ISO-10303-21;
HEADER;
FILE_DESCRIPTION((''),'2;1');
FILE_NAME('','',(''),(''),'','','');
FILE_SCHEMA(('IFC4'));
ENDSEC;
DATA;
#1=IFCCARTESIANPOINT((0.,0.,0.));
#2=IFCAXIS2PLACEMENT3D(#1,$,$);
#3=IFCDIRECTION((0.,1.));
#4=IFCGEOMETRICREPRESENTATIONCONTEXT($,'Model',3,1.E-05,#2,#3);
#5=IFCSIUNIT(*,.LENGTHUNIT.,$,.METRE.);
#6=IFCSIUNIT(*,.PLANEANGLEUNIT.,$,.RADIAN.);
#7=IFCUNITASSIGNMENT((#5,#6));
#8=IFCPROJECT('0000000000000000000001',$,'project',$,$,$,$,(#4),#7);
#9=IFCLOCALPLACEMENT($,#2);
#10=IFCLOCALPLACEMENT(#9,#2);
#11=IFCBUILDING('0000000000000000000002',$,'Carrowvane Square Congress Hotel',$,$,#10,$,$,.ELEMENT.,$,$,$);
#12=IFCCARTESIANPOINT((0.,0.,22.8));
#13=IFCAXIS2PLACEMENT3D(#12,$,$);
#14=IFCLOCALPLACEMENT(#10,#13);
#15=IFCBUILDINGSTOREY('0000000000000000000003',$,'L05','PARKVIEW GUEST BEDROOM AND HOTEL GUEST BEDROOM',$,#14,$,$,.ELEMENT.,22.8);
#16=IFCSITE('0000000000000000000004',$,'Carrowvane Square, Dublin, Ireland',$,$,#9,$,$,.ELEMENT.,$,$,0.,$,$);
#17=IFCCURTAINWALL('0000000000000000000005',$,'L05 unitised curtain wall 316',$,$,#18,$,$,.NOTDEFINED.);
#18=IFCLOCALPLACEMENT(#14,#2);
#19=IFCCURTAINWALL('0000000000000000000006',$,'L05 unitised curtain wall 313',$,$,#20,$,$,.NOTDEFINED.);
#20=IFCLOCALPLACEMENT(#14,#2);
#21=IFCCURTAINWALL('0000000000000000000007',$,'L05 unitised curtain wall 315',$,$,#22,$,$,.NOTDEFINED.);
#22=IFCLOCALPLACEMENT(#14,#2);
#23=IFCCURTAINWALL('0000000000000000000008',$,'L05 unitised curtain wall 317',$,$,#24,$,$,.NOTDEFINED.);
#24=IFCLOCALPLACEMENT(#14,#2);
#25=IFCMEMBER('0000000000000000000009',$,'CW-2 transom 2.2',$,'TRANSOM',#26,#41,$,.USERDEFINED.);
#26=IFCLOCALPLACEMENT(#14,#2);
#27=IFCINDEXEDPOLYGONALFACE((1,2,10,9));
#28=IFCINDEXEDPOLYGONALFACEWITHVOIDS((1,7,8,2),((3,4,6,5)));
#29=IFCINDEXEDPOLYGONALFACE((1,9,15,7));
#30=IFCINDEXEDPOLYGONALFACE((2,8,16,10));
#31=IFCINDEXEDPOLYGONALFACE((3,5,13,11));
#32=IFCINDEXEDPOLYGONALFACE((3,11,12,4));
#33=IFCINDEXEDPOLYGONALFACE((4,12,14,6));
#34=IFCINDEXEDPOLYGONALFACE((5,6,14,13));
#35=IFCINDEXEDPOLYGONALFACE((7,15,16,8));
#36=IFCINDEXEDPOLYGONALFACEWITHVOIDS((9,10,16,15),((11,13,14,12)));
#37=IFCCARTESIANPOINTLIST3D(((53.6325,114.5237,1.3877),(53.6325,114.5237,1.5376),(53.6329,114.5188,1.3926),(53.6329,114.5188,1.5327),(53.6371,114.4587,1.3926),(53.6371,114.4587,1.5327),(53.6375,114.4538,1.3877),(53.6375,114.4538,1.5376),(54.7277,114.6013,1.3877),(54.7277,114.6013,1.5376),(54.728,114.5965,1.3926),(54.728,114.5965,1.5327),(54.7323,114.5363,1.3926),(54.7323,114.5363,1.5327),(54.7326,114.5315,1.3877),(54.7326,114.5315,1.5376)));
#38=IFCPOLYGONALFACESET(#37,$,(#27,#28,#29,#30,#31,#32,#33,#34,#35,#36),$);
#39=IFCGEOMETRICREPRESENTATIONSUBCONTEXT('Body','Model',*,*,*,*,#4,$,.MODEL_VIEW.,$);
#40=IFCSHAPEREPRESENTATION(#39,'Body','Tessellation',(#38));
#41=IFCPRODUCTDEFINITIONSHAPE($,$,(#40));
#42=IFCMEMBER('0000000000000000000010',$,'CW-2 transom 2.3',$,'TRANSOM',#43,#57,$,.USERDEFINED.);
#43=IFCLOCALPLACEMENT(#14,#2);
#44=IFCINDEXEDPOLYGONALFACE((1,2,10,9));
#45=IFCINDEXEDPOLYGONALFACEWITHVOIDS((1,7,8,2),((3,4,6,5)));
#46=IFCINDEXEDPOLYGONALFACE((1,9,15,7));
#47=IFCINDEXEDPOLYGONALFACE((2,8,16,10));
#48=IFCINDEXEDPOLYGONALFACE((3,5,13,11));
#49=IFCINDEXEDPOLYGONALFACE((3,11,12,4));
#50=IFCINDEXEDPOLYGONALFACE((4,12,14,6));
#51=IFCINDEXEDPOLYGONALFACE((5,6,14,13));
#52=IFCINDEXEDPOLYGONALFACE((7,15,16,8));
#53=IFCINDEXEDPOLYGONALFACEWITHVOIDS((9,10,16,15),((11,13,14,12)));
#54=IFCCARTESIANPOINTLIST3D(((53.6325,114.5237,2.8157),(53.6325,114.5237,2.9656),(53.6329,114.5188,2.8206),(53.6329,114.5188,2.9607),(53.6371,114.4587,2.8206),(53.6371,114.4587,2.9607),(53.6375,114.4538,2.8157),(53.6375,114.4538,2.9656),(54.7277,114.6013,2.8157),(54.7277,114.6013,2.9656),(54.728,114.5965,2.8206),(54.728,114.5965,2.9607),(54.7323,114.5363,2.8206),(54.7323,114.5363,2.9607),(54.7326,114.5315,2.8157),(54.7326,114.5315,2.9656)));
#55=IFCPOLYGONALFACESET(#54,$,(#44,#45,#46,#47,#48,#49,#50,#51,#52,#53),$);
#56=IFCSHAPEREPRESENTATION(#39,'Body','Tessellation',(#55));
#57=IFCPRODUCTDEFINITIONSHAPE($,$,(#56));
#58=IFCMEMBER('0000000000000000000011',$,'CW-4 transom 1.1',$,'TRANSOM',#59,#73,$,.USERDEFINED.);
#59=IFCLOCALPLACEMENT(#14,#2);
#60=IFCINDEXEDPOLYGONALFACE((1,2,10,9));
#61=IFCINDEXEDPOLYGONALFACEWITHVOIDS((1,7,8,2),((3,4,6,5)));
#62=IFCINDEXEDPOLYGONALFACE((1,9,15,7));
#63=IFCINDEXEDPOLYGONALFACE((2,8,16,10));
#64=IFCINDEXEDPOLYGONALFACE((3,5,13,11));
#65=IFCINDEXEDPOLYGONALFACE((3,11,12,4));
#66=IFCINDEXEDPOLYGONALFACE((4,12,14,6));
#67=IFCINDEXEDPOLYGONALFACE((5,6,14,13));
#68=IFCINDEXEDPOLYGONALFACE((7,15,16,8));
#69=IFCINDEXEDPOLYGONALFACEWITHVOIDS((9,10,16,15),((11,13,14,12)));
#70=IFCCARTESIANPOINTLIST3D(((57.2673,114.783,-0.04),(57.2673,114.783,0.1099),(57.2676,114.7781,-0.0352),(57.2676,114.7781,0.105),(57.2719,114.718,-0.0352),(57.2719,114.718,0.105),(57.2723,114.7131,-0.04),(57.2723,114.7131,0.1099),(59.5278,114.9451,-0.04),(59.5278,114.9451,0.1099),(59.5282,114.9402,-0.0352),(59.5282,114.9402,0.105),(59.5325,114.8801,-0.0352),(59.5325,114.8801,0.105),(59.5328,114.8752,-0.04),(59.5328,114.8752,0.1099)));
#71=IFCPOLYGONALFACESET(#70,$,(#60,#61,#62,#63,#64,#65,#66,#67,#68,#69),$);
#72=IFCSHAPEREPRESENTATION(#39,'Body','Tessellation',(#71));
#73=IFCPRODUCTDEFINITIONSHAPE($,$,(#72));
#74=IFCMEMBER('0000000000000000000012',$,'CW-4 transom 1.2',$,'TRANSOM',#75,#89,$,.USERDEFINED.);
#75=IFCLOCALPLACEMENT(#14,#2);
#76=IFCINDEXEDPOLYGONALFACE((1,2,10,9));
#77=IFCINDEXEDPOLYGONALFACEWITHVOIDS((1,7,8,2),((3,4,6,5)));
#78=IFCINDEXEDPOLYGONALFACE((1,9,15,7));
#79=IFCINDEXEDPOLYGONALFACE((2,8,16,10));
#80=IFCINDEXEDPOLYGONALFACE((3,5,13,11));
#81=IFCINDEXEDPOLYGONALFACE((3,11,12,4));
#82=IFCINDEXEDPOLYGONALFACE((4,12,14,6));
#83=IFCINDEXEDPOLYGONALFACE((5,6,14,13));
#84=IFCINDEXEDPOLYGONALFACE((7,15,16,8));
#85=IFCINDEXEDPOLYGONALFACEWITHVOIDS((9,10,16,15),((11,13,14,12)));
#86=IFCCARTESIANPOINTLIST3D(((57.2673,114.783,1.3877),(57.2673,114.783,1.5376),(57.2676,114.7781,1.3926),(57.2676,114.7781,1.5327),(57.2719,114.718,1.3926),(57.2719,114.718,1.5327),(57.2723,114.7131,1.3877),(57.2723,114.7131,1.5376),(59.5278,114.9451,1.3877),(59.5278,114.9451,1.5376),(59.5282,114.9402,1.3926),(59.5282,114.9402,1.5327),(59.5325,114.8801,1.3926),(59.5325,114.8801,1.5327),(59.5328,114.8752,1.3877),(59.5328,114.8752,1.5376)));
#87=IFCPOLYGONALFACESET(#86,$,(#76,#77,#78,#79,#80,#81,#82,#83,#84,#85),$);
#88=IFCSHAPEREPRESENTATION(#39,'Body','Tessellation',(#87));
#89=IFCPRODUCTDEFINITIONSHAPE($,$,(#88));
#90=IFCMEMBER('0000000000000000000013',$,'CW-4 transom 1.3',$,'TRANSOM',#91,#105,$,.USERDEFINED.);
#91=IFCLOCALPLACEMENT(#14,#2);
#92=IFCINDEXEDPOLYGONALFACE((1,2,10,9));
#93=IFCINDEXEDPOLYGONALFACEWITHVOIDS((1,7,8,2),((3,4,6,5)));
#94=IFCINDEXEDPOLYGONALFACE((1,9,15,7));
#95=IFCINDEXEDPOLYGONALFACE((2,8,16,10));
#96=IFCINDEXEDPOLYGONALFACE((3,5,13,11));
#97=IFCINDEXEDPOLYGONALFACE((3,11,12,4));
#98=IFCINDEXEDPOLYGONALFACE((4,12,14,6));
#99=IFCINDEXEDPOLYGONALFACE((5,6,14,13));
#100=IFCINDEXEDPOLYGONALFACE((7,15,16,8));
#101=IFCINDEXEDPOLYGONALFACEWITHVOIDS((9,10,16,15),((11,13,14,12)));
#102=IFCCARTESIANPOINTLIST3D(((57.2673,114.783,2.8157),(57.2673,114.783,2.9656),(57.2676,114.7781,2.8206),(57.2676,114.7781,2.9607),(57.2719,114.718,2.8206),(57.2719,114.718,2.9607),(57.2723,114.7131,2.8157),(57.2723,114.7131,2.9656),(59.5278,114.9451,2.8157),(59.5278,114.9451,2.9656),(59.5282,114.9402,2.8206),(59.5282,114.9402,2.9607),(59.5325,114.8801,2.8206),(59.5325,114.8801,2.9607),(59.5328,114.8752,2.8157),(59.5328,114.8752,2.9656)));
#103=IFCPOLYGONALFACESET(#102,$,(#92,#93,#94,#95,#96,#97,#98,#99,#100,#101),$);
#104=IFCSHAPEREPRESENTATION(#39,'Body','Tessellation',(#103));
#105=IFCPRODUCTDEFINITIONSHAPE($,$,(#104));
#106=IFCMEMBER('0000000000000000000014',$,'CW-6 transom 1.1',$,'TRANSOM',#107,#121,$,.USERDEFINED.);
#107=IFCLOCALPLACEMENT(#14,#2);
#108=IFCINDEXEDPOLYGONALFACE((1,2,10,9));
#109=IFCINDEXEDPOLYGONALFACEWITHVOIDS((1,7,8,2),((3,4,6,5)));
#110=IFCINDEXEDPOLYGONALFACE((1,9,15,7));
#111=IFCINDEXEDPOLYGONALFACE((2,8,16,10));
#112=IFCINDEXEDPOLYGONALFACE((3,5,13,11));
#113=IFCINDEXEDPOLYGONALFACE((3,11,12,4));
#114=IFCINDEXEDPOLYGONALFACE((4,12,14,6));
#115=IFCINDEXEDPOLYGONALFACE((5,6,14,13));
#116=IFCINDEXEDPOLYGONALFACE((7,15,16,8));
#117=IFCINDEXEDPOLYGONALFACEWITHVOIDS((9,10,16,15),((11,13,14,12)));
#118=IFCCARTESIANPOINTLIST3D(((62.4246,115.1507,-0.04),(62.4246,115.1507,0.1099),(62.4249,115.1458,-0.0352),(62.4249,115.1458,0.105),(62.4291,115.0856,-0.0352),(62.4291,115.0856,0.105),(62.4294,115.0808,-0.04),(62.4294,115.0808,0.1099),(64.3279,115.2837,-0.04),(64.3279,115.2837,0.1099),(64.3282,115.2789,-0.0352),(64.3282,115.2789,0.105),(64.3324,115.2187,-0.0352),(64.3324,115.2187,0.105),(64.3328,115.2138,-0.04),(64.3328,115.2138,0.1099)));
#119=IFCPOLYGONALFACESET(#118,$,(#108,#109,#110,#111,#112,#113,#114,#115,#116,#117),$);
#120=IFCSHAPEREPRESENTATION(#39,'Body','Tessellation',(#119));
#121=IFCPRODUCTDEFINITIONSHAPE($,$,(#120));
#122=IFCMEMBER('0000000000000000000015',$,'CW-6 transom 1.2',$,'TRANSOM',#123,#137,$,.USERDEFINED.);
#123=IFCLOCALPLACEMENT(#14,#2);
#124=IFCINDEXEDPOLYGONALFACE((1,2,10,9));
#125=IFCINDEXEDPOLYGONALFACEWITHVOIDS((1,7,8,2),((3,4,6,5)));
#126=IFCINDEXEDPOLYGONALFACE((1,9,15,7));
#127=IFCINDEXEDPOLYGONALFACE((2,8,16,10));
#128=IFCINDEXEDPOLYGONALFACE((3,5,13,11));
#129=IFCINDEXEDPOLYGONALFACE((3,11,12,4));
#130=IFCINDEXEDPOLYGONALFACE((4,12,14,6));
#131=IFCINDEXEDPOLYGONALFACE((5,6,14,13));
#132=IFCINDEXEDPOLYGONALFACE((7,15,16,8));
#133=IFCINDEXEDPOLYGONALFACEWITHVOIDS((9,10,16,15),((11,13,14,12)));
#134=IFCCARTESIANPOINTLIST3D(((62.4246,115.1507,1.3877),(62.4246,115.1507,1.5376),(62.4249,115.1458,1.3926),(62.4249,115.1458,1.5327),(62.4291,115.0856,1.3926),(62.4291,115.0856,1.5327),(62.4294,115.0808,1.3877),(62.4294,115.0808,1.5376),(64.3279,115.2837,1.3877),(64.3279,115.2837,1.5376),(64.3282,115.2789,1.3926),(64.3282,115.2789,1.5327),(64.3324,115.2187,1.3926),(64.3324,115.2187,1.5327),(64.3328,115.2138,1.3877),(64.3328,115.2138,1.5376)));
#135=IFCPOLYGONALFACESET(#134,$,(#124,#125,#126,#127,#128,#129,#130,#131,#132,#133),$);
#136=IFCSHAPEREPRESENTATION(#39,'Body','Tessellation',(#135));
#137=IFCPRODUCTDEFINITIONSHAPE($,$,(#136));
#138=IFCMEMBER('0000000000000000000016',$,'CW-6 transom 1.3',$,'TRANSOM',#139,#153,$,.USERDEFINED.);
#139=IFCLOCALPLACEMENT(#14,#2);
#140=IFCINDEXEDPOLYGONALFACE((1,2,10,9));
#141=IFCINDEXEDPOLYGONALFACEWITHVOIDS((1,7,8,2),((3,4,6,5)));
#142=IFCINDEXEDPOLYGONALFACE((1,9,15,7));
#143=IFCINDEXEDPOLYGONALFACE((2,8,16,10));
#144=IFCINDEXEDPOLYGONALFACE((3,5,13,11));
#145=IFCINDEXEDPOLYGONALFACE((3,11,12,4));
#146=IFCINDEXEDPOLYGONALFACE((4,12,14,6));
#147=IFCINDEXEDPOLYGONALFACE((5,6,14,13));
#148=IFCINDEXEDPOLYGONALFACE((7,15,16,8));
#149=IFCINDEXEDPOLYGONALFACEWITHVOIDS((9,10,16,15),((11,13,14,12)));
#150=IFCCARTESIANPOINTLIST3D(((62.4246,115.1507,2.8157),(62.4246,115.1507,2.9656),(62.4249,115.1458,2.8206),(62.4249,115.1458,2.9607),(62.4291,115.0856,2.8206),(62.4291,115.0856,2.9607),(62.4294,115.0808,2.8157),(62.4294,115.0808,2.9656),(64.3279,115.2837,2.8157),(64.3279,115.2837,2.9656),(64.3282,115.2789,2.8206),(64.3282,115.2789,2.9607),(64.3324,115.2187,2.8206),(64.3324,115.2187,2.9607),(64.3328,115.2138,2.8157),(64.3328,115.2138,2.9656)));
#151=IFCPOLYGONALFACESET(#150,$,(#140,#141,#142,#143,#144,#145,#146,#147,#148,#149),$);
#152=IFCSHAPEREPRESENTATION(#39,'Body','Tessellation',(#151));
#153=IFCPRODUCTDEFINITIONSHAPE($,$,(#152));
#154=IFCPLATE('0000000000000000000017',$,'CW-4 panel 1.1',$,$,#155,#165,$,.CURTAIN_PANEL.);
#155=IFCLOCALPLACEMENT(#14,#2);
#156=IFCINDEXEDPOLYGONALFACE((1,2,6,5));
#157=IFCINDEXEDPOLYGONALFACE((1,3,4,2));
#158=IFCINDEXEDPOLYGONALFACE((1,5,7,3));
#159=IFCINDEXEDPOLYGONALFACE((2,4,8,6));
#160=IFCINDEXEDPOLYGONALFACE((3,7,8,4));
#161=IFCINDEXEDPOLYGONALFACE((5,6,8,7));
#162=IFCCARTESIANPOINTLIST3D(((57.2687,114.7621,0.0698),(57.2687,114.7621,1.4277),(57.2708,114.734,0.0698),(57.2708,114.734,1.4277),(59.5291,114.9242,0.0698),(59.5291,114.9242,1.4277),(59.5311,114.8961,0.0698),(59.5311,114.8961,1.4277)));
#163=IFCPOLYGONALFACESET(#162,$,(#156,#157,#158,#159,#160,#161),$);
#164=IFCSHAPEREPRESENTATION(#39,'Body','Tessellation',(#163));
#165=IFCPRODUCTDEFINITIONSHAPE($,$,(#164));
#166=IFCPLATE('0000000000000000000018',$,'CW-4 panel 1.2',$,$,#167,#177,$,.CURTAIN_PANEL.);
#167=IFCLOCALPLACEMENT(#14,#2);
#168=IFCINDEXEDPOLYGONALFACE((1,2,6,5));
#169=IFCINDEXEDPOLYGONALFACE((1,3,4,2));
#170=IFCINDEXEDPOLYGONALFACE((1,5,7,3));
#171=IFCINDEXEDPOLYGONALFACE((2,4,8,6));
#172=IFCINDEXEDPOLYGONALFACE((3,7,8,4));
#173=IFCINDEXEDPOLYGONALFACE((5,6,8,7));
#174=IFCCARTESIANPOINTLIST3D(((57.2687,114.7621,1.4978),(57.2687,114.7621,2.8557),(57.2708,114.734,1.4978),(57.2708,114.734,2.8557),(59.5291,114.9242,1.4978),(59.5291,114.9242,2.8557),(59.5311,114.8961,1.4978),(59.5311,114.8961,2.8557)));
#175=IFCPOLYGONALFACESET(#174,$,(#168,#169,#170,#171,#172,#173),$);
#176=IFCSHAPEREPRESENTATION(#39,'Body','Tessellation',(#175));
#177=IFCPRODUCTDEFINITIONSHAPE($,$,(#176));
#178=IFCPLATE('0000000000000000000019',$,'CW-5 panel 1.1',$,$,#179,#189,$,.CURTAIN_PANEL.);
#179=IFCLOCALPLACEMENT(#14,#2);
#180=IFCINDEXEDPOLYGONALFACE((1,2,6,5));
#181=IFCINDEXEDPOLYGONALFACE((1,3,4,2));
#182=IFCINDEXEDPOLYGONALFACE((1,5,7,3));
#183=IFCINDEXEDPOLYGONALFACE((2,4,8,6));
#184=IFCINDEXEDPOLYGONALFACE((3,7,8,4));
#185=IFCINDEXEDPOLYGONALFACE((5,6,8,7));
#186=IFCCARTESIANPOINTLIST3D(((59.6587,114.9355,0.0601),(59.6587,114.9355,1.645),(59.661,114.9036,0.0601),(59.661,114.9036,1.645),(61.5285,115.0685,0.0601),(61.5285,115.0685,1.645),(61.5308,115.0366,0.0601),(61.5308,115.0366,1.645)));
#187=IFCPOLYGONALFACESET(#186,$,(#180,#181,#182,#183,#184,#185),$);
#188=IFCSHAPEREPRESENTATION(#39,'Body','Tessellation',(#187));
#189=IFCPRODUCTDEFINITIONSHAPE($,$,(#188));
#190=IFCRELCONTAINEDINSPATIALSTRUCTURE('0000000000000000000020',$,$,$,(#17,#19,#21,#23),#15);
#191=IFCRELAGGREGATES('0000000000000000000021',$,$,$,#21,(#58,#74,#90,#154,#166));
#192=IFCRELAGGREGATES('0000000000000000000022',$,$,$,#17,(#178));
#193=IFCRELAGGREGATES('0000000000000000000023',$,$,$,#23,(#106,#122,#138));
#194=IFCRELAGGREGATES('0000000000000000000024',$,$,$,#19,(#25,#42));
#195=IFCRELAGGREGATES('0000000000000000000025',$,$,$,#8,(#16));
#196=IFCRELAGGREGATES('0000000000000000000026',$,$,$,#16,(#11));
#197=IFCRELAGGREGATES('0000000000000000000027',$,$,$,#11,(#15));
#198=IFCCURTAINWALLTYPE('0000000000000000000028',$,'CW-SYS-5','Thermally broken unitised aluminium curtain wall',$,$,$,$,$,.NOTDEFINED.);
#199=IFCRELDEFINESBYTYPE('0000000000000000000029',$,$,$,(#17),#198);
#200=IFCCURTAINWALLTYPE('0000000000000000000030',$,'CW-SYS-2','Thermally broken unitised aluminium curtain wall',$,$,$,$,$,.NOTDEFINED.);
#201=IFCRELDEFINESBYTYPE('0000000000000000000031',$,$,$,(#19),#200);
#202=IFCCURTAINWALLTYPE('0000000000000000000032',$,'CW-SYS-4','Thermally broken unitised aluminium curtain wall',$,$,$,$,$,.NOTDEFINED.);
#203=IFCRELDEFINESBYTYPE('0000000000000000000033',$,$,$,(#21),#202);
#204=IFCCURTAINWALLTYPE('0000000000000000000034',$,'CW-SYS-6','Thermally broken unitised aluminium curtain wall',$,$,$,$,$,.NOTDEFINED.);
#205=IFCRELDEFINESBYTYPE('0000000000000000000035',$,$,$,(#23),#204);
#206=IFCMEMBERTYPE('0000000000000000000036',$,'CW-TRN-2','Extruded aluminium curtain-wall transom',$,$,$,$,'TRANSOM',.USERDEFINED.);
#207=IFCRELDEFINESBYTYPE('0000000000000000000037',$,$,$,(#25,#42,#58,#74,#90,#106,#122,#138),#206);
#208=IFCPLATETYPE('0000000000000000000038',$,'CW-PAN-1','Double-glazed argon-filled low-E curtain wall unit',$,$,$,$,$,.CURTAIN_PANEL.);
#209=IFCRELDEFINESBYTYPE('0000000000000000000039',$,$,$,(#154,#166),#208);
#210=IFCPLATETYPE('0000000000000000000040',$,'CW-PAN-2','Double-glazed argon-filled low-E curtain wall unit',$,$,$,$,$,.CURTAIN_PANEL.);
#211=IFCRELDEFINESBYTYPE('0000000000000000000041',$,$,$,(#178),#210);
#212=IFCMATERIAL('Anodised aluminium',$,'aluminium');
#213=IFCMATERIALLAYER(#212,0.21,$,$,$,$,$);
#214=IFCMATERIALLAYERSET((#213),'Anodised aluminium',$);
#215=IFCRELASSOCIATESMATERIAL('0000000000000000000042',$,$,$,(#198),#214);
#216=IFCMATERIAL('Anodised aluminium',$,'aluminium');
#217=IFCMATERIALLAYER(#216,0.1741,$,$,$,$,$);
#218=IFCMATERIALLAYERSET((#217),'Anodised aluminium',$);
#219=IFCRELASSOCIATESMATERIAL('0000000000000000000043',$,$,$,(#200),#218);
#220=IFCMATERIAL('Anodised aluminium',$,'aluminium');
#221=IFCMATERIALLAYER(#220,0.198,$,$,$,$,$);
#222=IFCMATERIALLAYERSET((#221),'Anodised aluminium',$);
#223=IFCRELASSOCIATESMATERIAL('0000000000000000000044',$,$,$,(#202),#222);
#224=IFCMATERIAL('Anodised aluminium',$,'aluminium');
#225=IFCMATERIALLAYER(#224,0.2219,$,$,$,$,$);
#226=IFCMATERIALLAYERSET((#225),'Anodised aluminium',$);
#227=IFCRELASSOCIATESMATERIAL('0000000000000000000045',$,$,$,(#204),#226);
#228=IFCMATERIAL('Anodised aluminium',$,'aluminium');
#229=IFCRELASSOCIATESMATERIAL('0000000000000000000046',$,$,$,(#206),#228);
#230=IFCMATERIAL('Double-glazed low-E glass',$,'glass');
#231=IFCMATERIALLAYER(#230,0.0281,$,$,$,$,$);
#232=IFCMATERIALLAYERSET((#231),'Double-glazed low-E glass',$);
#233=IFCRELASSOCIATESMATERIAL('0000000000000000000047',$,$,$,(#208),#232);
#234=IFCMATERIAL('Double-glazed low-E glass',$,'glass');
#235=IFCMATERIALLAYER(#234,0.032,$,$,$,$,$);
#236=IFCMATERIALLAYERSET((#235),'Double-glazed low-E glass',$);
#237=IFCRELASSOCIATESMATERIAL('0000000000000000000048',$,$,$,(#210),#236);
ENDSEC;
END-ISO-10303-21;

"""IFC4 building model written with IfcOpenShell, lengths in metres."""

from ifc_helpers import new_model, si_unit, direction, frame, origin, origin_2d, place, context, subcontext, project, spatial, rectangle, hollow_rectangle, extrude, material, layer, layer_set, material_profile, profile_set, type_object, element, aggregate, save


model = new_model("IFC4")

# Units and contexts
model_context = context("Model", 3, precision=1e-05, world=origin(), true_north=direction((0.0, 1.0)))
body_context = subcontext(model_context, "Body", "Model", "MODEL_VIEW")
ifc_project = project(units=[si_unit("LENGTHUNIT", "METRE"), si_unit("PLANEANGLEUNIT", "RADIAN")], contexts=[model_context])

# Site, building, storey
site_placement = place(None, origin())
site = spatial("IfcSite", under=ifc_project, at=site_placement, Name="Carrowvane Square, Dublin, Ireland", CompositionType="ELEMENT", RefElevation=0.0)
building_placement = place(site_placement, origin())
building = spatial("IfcBuilding", under=site, at=building_placement, Name="Carrowvane Square Congress Hotel", CompositionType="ELEMENT")
storey_placement = place(building_placement, frame((0.0, 0.0, 22.8)))
storey = spatial("IfcBuildingStorey", under=building, at=storey_placement, Name="L05", Description="PARKVIEW GUEST BEDROOM AND HOTEL GUEST BEDROOM", CompositionType="ELEMENT", Elevation=22.8)

# Curtain wall
ifc_material_1 = material(Name="Anodised aluminium", Category="aluminium")
ifc_layer_1 = layer(ifc_material_1, 0.21)
ifc_layer_set_1 = layer_set([ifc_layer_1], Name="Anodised aluminium")
curtain_wall_type_1 = type_object("IfcCurtainWallType", Name="CW-SYS-5", Description="Thermally broken unitised aluminium curtain wall", PredefinedType="NOTDEFINED", material=ifc_layer_set_1)
curtain_wall_1_placement = place(storey_placement, origin())
curtain_wall_1 = element("IfcCurtainWall", 1, at=curtain_wall_1_placement, inside=storey, type_object=curtain_wall_type_1, Name="L05 unitised curtain wall 316", PredefinedType="NOTDEFINED")

# Curtain wall
ifc_material_2 = material(Name="Anodised aluminium", Category="aluminium")
ifc_layer_2 = layer(ifc_material_2, 0.1741)
ifc_layer_set_2 = layer_set([ifc_layer_2], Name="Anodised aluminium")
curtain_wall_type_2 = type_object("IfcCurtainWallType", Name="CW-SYS-2", Description="Thermally broken unitised aluminium curtain wall", PredefinedType="NOTDEFINED", material=ifc_layer_set_2)
curtain_wall_2_placement = place(storey_placement, origin())
curtain_wall_2 = element("IfcCurtainWall", 2, at=curtain_wall_2_placement, inside=storey, type_object=curtain_wall_type_2, Name="L05 unitised curtain wall 313", PredefinedType="NOTDEFINED")

# Curtain walls
ifc_material_3 = material(Name="Anodised aluminium", Category="aluminium")
ifc_layer_3 = layer(ifc_material_3, 0.198)
ifc_layer_set_3 = layer_set([ifc_layer_3], Name="Anodised aluminium")
curtain_wall_type_3 = type_object("IfcCurtainWallType", Name="CW-SYS-4", Description="Thermally broken unitised aluminium curtain wall", PredefinedType="NOTDEFINED", material=ifc_layer_set_3)
curtain_wall_3_placement = place(storey_placement, origin())
curtain_wall_3 = element("IfcCurtainWall", 3, at=curtain_wall_3_placement, inside=storey, type_object=curtain_wall_type_3, Name="L05 unitised curtain wall 315", PredefinedType="NOTDEFINED")
ifc_material_4 = material(Name="Anodised aluminium", Category="aluminium")
ifc_layer_4 = layer(ifc_material_4, 0.2219)
ifc_layer_set_4 = layer_set([ifc_layer_4], Name="Anodised aluminium")
curtain_wall_type_4 = type_object("IfcCurtainWallType", Name="CW-SYS-6", Description="Thermally broken unitised aluminium curtain wall", PredefinedType="NOTDEFINED", material=ifc_layer_set_4)
curtain_wall_4_placement = place(storey_placement, origin())
curtain_wall_4 = element("IfcCurtainWall", 4, at=curtain_wall_4_placement, inside=storey, type_object=curtain_wall_type_4, Name="L05 unitised curtain wall 317", PredefinedType="NOTDEFINED")

# Members
ifc_material_5 = material(Name="Anodised aluminium", Category="aluminium")
ifc_material_profile_1 = material_profile(ifc_material_5, hollow_rectangle(XDim=0.0701, YDim=0.1499, WallThickness=0.0049, at=origin_2d()), Name="CW-TR 70x150x5")
ifc_profile_set_1 = profile_set([ifc_material_profile_1], Name="Anodised aluminium")
member_type_1 = type_object("IfcMemberType", Name="CW-TRN-2", Description="Extruded aluminium curtain-wall transom", ElementType="TRANSOM", PredefinedType="USERDEFINED", material=ifc_profile_set_1)
member_1_placement = place(storey_placement, frame((53.635, 114.4888, 1.4626), z_axis=(0.997497, 0.07071, 0.0), x_axis=(-0.07071, 0.997497, 0.0)))
member_1 = element("IfcMember", 5, at=member_1_placement, type_object=member_type_1, Name="CW-2 transom 2.2", ObjectType="TRANSOM", PredefinedType="USERDEFINED", context=body_context, shape_type="SweptSolid", body=[
    extrude(hollow_rectangle(XDim=0.0701, YDim=0.1499, WallThickness=0.0049, at=origin_2d()), origin(), (0.0, 0.0, 1.0), 1.0979),
])
member_2_placement = place(storey_placement, frame((53.635, 114.4888, 2.8906), z_axis=(0.997497, 0.07071, 0.0), x_axis=(-0.07071, 0.997497, 0.0)))
member_2 = element("IfcMember", 6, at=member_2_placement, type_object=member_type_1, Name="CW-2 transom 2.3", ObjectType="TRANSOM", PredefinedType="USERDEFINED", context=body_context, shape_type="SweptSolid", body=[
    extrude(hollow_rectangle(XDim=0.0701, YDim=0.1499, WallThickness=0.0049, at=origin_2d()), origin(), (0.0, 0.0, 1.0), 1.0979),
])
member_3_placement = place(storey_placement, frame((57.2698, 114.748, 0.0349), z_axis=(0.997438, 0.07153, 0.0), x_axis=(-0.07153, 0.997438, 0.0)))
member_3 = element("IfcMember", 7, at=member_3_placement, type_object=member_type_1, Name="CW-4 transom 1.1", ObjectType="TRANSOM", PredefinedType="USERDEFINED", context=body_context, shape_type="SweptSolid", body=[
    extrude(hollow_rectangle(XDim=0.0701, YDim=0.1499, WallThickness=0.0049, at=origin_2d()), origin(), (0.0, 0.0, 1.0), 2.2664),
])
member_4_placement = place(storey_placement, frame((57.2698, 114.748, 1.4626), z_axis=(0.997438, 0.07153, 0.0), x_axis=(-0.07153, 0.997438, 0.0)))
member_4 = element("IfcMember", 8, at=member_4_placement, type_object=member_type_1, Name="CW-4 transom 1.2", ObjectType="TRANSOM", PredefinedType="USERDEFINED", context=body_context, shape_type="SweptSolid", body=[
    extrude(hollow_rectangle(XDim=0.0701, YDim=0.1499, WallThickness=0.0049, at=origin_2d()), origin(), (0.0, 0.0, 1.0), 2.2664),
])
member_5_placement = place(storey_placement, frame((57.2698, 114.748, 2.8906), z_axis=(0.997438, 0.07153, 0.0), x_axis=(-0.07153, 0.997438, 0.0)))
member_5 = element("IfcMember", 9, at=member_5_placement, type_object=member_type_1, Name="CW-4 transom 1.3", ObjectType="TRANSOM", PredefinedType="USERDEFINED", context=body_context, shape_type="SweptSolid", body=[
    extrude(hollow_rectangle(XDim=0.0701, YDim=0.1499, WallThickness=0.0049, at=origin_2d()), origin(), (0.0, 0.0, 1.0), 2.2664),
])
member_6_placement = place(storey_placement, frame((62.427, 115.1157, 0.0349), z_axis=(0.997565, 0.069737, 0.0), x_axis=(-0.069737, 0.997565, 0.0)))
member_6 = element("IfcMember", 10, at=member_6_placement, type_object=member_type_1, Name="CW-6 transom 1.1", ObjectType="TRANSOM", PredefinedType="USERDEFINED", context=body_context, shape_type="SweptSolid", body=[
    extrude(hollow_rectangle(XDim=0.0701, YDim=0.1499, WallThickness=0.0049, at=origin_2d()), origin(), (0.0, 0.0, 1.0), 1.908),
])
member_7_placement = place(storey_placement, frame((62.427, 115.1157, 1.4626), z_axis=(0.997565, 0.069737, 0.0), x_axis=(-0.069737, 0.997565, 0.0)))
member_7 = element("IfcMember", 11, at=member_7_placement, type_object=member_type_1, Name="CW-6 transom 1.2", ObjectType="TRANSOM", PredefinedType="USERDEFINED", context=body_context, shape_type="SweptSolid", body=[
    extrude(hollow_rectangle(XDim=0.0701, YDim=0.1499, WallThickness=0.0049, at=origin_2d()), origin(), (0.0, 0.0, 1.0), 1.908),
])
member_8_placement = place(storey_placement, frame((62.427, 115.1157, 2.8906), z_axis=(0.997565, 0.069737, 0.0), x_axis=(-0.069737, 0.997565, 0.0)))
member_8 = element("IfcMember", 12, at=member_8_placement, type_object=member_type_1, Name="CW-6 transom 1.3", ObjectType="TRANSOM", PredefinedType="USERDEFINED", context=body_context, shape_type="SweptSolid", body=[
    extrude(hollow_rectangle(XDim=0.0701, YDim=0.1499, WallThickness=0.0049, at=origin_2d()), origin(), (0.0, 0.0, 1.0), 1.908),
])

# Plates
ifc_material_6 = material(Name="Double-glazed low-E glass", Category="glass")
ifc_layer_5 = layer(ifc_material_6, 0.0281)
ifc_layer_set_5 = layer_set([ifc_layer_5], Name="Double-glazed low-E glass")
plate_type_1 = type_object("IfcPlateType", Name="CW-PAN-1", Description="Double-glazed argon-filled low-E curtain wall unit", PredefinedType="CURTAIN_PANEL", material=ifc_layer_set_5)
plate_1_placement = place(storey_placement, frame((58.3999, 114.8291, 0.0698), z_axis=(0.0, 0.0, 1.0), x_axis=(0.997438, 0.071532, 0.0)))
plate_1 = element("IfcPlate", 13, at=plate_1_placement, type_object=plate_type_1, Name="CW-4 panel 1.1", PredefinedType="CURTAIN_PANEL", context=body_context, shape_type="SweptSolid", body=[
    extrude(rectangle(XDim=2.2661, YDim=0.0281, at=origin_2d()), origin(), (0.0, 0.0, 1.0), 1.3579),
])
plate_2_placement = place(storey_placement, frame((58.3999, 114.8291, 1.4978), z_axis=(0.0, 0.0, 1.0), x_axis=(0.997438, 0.071532, 0.0)))
plate_2 = element("IfcPlate", 14, at=plate_2_placement, type_object=plate_type_1, Name="CW-4 panel 1.2", PredefinedType="CURTAIN_PANEL", context=body_context, shape_type="SweptSolid", body=[
    extrude(rectangle(XDim=2.2661, YDim=0.0281, at=origin_2d()), origin(), (0.0, 0.0, 1.0), 1.3579),
])
aggregate(curtain_wall_3, [member_3, member_4, member_5, plate_1, plate_2])
ifc_material_7 = material(Name="Double-glazed low-E glass", Category="glass")
ifc_layer_6 = layer(ifc_material_7, 0.032)
ifc_layer_set_6 = layer_set([ifc_layer_6], Name="Double-glazed low-E glass")
plate_type_2 = type_object("IfcPlateType", Name="CW-PAN-2", Description="Double-glazed argon-filled low-E curtain wall unit", PredefinedType="CURTAIN_PANEL", material=ifc_layer_set_6)
plate_3_placement = place(storey_placement, frame((60.5947, 114.9861, 0.0601), z_axis=(0.0, 0.0, 1.0), x_axis=(0.997479, 0.07096, 0.0)))
plate_3 = element("IfcPlate", 15, at=plate_3_placement, type_object=plate_type_2, Name="CW-5 panel 1.1", PredefinedType="CURTAIN_PANEL", context=body_context, shape_type="SweptSolid", body=[
    extrude(rectangle(XDim=1.8745, YDim=0.032, at=origin_2d()), origin(), (0.0, 0.0, 1.0), 1.585),
])
aggregate(curtain_wall_1, [plate_3])
aggregate(curtain_wall_4, [member_6, member_7, member_8])
aggregate(curtain_wall_2, [member_1, member_2])

save(model, "model.ifc")
